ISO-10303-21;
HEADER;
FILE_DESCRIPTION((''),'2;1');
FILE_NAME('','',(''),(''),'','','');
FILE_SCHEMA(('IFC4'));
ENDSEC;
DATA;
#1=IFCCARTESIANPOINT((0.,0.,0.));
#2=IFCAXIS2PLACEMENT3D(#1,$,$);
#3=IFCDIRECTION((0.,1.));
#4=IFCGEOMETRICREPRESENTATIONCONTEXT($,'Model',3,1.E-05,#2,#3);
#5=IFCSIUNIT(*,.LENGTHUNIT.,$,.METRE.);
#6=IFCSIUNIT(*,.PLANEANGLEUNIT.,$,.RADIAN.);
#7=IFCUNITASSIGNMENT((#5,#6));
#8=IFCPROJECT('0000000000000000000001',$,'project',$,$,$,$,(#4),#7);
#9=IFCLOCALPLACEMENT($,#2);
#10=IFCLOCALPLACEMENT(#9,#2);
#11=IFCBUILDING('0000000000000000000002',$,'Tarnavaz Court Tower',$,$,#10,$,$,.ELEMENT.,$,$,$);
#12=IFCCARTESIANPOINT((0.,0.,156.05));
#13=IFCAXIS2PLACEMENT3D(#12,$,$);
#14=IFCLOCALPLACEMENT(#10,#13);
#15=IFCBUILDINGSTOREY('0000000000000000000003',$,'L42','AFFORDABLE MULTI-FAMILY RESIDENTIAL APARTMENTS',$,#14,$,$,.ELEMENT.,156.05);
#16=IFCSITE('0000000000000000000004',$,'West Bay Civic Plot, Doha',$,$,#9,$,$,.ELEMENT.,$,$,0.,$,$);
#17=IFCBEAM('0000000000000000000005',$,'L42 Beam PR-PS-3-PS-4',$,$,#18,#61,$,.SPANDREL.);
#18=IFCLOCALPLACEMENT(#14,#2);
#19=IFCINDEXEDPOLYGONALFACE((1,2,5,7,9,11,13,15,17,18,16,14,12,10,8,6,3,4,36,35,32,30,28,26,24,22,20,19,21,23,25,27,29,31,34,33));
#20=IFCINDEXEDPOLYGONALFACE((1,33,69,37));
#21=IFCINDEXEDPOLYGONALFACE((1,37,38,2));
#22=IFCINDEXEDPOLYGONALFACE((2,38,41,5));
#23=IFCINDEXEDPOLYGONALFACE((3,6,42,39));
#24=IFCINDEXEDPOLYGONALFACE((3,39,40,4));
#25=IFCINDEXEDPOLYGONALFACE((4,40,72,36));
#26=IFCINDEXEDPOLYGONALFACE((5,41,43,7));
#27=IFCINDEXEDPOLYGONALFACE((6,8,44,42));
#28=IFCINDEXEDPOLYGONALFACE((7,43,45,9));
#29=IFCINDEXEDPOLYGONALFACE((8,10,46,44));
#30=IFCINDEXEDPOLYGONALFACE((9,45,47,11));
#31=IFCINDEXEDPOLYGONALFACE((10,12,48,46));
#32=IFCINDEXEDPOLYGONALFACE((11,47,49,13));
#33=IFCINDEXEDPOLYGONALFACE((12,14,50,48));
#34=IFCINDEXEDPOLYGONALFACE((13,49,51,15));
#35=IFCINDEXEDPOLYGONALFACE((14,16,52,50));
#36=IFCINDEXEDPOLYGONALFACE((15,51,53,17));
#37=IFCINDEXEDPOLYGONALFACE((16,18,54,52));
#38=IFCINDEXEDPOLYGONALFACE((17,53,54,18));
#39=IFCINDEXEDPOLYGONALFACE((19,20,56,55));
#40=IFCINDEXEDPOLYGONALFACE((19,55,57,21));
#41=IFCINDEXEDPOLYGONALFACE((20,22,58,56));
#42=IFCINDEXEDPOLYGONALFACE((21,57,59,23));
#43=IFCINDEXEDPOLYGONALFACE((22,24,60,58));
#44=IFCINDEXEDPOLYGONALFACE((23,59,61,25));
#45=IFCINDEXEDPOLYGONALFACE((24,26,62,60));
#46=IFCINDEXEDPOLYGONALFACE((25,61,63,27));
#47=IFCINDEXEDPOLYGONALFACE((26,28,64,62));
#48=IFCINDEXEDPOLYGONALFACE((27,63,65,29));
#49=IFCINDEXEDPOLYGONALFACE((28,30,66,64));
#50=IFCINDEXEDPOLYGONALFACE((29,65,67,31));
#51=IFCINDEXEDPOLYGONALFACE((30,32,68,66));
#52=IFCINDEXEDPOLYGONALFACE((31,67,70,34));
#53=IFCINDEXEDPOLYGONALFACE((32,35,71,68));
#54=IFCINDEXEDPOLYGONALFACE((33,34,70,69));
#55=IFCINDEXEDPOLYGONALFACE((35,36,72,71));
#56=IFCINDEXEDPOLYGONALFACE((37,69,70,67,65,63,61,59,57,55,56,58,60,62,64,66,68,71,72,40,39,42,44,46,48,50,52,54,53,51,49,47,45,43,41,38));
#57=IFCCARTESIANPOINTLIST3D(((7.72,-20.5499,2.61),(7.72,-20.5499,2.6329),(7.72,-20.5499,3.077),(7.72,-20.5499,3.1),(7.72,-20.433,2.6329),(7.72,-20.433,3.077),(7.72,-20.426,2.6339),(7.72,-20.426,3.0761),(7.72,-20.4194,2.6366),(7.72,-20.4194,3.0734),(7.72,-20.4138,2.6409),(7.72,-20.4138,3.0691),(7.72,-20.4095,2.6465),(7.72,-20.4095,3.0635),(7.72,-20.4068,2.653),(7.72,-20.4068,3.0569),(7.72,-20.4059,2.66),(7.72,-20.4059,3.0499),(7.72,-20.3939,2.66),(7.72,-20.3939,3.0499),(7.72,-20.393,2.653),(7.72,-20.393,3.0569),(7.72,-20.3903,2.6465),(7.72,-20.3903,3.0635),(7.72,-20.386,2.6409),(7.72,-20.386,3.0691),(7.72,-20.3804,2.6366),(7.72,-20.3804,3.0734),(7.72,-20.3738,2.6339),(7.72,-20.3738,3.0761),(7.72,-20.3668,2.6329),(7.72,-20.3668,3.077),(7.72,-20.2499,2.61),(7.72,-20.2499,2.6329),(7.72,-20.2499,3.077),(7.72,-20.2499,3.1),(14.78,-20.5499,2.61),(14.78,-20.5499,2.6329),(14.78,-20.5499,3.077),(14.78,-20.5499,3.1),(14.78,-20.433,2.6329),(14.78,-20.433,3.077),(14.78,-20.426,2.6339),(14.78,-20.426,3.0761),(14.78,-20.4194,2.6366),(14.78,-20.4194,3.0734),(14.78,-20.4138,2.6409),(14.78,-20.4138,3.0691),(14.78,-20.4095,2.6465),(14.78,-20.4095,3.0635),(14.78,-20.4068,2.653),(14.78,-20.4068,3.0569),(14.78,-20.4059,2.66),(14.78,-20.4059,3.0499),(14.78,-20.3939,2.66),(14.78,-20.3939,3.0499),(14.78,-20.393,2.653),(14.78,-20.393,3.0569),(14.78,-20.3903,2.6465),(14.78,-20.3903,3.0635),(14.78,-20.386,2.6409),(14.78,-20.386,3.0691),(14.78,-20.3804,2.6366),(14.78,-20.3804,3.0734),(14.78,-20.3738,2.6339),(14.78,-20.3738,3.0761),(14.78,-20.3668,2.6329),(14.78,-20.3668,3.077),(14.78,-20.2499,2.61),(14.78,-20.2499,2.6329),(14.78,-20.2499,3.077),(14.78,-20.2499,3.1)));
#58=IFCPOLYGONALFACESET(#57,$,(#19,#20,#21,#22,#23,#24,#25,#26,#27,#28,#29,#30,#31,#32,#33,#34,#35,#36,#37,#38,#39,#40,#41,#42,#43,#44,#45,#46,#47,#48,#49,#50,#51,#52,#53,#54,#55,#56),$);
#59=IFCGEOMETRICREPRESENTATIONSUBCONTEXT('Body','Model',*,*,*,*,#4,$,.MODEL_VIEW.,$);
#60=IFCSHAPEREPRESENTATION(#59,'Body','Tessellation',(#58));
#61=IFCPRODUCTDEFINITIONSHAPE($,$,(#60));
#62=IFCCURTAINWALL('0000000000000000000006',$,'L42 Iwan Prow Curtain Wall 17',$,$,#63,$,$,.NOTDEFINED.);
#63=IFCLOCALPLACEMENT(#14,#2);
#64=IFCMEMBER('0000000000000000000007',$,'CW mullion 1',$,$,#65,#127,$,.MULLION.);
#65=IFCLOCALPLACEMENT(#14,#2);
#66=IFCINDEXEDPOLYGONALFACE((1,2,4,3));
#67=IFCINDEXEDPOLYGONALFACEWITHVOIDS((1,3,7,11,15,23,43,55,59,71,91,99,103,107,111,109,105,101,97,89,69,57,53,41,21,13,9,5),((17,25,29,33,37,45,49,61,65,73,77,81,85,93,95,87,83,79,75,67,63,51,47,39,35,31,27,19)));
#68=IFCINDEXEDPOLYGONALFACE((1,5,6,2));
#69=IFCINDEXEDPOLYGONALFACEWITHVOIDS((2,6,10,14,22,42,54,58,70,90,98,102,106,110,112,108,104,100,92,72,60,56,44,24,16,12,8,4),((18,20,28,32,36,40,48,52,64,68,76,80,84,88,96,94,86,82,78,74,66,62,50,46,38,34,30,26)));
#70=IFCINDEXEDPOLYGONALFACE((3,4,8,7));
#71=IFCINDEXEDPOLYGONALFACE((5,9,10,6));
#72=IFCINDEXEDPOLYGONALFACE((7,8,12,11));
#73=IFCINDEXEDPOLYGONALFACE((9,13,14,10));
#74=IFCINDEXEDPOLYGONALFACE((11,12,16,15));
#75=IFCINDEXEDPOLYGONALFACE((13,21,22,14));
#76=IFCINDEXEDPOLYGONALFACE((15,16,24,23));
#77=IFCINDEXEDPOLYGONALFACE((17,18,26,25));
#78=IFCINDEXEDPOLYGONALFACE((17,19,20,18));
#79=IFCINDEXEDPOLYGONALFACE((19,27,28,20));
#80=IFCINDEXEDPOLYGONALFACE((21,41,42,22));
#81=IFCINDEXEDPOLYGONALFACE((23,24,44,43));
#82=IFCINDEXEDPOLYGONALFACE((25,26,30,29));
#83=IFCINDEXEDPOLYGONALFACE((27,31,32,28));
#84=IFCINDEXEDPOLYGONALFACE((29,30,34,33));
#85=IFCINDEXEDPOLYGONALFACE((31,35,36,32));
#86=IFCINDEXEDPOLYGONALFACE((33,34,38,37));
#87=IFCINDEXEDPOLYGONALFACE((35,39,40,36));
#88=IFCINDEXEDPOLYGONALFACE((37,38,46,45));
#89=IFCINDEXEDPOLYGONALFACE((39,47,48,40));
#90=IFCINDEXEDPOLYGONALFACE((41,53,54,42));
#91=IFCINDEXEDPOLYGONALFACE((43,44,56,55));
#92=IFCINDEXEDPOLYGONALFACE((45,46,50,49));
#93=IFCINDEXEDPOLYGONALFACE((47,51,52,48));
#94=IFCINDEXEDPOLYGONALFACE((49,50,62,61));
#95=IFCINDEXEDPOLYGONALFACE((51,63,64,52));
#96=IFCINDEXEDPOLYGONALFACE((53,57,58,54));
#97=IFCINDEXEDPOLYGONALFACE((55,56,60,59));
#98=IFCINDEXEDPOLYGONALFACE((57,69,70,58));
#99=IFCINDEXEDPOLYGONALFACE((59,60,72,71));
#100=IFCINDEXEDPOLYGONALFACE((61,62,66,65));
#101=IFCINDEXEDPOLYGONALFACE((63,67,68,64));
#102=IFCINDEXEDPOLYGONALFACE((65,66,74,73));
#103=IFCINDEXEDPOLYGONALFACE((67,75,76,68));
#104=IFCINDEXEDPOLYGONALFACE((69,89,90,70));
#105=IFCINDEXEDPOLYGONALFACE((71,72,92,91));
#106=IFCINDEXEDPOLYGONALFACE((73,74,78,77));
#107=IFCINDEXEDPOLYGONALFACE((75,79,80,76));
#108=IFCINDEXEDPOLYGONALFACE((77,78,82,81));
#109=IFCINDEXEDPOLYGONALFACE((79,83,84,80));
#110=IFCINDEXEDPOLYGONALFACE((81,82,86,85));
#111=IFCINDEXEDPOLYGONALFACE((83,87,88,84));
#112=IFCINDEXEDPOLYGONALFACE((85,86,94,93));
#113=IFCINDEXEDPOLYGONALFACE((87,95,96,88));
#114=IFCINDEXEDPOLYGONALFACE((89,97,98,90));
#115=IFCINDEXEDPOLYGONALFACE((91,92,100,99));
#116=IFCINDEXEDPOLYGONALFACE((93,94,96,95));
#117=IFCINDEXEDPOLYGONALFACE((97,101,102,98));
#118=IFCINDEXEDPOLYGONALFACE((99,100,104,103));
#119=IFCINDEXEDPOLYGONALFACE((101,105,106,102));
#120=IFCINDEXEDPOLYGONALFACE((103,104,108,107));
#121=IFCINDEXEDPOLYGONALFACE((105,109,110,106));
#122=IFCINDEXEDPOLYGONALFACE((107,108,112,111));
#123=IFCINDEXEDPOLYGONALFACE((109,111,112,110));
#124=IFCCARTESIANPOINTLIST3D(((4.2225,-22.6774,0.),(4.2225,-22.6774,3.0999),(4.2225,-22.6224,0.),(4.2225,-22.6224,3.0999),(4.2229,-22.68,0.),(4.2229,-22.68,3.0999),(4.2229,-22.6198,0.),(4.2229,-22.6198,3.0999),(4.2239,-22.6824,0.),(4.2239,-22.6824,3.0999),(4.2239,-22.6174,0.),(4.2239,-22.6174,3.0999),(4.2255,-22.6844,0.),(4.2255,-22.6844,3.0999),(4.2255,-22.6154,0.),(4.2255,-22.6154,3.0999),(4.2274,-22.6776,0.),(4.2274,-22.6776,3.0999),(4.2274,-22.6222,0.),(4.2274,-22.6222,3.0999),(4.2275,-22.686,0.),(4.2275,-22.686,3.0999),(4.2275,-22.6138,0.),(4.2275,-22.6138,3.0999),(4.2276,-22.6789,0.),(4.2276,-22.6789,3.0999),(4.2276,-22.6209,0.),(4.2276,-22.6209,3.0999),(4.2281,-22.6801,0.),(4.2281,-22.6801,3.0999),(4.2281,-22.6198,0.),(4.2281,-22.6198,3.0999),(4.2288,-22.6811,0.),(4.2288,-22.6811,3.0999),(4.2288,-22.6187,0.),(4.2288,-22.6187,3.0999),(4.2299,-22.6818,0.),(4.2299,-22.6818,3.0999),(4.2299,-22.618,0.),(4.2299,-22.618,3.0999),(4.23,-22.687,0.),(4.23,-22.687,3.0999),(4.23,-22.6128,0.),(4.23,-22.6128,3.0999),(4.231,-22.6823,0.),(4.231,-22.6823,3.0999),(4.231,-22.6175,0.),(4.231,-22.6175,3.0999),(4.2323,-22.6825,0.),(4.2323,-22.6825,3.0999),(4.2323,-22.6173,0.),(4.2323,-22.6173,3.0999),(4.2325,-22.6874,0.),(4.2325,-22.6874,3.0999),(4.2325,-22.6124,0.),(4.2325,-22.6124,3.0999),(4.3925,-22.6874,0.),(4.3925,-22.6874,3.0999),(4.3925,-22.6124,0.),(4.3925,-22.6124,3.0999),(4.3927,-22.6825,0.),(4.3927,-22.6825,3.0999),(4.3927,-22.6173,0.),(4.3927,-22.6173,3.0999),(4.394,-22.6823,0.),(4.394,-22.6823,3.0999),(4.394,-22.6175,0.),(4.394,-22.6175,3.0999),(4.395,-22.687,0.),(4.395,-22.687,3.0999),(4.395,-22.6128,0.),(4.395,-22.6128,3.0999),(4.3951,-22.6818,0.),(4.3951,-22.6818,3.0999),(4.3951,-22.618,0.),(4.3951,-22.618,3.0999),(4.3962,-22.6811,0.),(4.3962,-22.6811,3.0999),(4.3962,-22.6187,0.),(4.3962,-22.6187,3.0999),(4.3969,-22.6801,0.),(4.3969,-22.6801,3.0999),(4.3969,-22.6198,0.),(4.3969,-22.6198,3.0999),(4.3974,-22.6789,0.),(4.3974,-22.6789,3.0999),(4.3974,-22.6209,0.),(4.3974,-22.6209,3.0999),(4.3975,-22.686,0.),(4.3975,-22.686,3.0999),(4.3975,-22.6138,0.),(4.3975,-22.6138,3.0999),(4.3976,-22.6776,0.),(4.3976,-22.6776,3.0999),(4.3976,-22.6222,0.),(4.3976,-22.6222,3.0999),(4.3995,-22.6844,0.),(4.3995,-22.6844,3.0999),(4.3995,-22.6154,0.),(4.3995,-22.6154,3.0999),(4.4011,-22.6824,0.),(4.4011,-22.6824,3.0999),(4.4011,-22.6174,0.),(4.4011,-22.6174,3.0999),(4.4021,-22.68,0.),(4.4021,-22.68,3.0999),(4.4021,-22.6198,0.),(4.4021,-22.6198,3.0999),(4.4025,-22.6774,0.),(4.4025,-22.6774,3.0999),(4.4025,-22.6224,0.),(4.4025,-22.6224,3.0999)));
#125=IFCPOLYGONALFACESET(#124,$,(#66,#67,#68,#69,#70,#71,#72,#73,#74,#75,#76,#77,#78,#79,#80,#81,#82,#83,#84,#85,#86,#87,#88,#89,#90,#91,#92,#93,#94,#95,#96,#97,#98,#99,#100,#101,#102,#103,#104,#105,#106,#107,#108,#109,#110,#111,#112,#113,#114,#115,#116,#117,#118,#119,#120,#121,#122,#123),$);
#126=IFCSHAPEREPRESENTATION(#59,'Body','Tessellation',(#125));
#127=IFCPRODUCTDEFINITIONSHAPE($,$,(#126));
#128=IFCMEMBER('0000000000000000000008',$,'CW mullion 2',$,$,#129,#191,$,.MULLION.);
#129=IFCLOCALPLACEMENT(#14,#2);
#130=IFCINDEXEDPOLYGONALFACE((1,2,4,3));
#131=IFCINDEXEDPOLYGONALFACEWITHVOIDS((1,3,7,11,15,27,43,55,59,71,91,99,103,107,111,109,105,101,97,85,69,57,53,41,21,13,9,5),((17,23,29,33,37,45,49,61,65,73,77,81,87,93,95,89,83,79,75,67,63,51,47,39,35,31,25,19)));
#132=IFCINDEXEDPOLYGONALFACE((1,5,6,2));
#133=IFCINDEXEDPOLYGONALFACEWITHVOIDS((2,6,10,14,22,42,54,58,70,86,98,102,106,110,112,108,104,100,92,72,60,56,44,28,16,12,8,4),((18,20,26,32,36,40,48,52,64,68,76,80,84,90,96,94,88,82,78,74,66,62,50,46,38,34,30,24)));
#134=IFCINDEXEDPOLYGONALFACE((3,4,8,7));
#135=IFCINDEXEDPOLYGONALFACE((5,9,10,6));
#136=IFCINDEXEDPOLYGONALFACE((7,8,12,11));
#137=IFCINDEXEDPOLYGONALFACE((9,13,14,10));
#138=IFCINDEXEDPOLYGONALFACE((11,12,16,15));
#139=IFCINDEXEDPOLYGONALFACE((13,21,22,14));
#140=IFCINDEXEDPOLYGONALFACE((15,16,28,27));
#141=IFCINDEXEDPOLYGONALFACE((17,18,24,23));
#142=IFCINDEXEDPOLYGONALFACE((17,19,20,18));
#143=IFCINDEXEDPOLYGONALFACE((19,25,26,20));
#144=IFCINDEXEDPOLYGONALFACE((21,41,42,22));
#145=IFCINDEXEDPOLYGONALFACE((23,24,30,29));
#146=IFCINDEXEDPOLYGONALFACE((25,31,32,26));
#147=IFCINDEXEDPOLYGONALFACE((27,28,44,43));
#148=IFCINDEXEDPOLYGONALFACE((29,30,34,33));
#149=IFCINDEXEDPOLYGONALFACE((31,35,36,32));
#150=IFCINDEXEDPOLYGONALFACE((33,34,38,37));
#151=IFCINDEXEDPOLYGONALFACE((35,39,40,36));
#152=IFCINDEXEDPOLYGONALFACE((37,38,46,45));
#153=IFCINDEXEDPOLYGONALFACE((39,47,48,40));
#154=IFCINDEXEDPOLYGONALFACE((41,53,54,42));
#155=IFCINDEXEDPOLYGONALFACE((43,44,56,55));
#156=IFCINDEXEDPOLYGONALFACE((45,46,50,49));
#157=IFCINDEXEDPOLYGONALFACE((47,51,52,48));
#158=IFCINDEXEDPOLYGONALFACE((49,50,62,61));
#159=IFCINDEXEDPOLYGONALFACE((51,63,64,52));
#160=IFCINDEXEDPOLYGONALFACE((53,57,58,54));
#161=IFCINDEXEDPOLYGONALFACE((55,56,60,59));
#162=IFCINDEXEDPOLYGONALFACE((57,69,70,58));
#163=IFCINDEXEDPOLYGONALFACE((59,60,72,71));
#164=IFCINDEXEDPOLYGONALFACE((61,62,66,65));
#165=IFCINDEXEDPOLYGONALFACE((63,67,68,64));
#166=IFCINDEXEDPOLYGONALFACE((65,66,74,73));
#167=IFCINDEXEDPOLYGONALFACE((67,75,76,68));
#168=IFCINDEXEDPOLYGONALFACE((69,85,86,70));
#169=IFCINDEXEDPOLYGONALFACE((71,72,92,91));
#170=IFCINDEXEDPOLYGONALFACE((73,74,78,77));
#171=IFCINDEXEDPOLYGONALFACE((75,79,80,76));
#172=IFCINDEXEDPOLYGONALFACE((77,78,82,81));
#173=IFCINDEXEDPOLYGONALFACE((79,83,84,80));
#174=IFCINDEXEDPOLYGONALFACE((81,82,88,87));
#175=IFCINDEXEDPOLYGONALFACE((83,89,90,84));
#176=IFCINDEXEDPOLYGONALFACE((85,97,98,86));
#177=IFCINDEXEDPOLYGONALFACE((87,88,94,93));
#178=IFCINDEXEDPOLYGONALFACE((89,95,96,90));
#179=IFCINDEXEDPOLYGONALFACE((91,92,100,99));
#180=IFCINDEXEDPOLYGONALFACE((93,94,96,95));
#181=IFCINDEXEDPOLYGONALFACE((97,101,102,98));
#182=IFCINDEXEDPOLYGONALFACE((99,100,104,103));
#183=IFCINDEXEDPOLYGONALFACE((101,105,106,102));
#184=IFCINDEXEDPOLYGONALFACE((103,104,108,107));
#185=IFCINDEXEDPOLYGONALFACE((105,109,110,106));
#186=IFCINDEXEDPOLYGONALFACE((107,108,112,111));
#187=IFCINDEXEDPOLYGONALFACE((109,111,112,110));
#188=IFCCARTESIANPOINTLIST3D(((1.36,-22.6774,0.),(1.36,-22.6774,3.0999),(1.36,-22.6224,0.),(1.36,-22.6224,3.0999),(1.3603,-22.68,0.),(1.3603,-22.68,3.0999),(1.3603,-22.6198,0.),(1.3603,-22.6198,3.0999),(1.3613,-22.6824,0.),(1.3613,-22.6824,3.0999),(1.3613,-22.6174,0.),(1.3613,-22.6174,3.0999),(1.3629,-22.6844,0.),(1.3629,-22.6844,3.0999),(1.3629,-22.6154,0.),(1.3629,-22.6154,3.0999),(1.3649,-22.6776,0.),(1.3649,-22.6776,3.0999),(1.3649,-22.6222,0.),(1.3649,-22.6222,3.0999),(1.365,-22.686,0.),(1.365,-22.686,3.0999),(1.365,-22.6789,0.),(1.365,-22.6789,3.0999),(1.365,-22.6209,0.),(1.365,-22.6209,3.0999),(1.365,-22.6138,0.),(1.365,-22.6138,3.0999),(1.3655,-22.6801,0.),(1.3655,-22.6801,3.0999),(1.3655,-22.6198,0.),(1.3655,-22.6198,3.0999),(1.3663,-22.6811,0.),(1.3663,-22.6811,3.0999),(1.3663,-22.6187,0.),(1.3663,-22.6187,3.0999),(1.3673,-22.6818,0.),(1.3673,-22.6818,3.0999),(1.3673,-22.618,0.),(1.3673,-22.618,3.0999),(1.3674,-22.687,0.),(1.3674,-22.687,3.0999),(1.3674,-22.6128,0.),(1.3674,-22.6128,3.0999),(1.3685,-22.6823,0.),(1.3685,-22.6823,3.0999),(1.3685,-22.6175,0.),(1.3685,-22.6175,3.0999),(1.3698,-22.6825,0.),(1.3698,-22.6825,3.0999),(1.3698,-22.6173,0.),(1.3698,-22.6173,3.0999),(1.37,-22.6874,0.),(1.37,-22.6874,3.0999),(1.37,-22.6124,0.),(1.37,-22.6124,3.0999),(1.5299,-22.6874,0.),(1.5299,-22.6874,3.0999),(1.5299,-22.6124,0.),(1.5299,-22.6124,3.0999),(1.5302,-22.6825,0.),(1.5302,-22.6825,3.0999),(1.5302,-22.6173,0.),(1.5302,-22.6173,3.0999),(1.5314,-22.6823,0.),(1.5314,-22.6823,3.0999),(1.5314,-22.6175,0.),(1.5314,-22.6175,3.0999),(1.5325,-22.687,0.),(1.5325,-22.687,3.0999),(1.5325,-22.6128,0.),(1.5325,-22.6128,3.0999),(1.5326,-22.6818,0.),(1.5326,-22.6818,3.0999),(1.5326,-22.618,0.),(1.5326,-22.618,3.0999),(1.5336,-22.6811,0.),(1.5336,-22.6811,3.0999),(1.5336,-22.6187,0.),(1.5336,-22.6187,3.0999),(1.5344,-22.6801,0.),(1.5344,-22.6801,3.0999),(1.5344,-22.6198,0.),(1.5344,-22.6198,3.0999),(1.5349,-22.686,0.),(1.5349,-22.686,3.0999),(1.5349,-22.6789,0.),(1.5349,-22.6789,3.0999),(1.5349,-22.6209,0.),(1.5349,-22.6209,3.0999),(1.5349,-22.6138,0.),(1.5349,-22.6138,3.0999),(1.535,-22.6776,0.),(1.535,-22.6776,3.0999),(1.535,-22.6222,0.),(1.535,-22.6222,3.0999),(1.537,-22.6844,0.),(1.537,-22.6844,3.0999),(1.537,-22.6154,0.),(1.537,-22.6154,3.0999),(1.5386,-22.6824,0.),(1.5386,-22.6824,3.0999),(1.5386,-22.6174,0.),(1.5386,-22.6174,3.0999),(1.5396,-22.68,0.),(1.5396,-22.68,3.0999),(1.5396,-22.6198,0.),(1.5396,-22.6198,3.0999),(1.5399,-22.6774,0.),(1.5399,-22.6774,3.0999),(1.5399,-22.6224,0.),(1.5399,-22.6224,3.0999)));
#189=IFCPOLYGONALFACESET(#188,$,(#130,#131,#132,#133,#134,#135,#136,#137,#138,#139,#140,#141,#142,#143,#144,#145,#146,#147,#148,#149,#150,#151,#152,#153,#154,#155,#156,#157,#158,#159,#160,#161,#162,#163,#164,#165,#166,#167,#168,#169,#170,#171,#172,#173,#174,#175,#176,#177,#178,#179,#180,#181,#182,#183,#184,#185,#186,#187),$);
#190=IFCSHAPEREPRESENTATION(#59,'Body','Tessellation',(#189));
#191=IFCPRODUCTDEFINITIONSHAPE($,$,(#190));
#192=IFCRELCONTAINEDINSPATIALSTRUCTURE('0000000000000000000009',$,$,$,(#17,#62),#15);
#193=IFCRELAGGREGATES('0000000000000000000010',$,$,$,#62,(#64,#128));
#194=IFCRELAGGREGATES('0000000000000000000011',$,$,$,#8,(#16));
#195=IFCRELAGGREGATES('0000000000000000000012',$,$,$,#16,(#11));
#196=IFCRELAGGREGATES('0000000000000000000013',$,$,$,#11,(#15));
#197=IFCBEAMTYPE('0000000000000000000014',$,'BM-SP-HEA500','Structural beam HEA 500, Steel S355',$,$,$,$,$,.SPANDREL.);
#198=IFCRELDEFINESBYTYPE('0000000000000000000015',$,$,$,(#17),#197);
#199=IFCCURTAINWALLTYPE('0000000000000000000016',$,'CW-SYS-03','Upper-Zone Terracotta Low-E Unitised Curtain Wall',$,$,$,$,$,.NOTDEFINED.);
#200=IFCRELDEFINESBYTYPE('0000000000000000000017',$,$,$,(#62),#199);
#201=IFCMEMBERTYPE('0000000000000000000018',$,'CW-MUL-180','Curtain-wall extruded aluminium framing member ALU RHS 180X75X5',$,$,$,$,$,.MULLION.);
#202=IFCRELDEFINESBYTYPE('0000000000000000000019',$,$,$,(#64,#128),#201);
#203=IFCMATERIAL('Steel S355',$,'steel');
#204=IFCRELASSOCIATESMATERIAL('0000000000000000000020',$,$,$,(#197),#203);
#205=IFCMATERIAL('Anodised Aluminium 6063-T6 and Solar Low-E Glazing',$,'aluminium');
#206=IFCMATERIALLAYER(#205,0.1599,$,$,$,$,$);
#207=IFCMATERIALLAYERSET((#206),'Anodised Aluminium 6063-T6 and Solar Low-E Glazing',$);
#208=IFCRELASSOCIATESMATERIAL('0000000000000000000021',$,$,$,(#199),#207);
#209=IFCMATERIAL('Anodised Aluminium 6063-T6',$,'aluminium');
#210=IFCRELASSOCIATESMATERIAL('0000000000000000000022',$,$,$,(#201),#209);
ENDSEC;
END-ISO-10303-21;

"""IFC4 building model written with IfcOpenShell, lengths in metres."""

from ifc_helpers import new_model, si_unit, direction, frame, origin, origin_2d, place, context, subcontext, project, spatial, hollow_rectangle, i_section, extrude, material, layer, layer_set, material_profile, profile_set, type_object, element, aggregate, save


model = new_model("IFC4")

# Units and contexts
model_context = context("Model", 3, precision=1e-05, world=origin(), true_north=direction((0.0, 1.0)))
body_context = subcontext(model_context, "Body", "Model", "MODEL_VIEW")
ifc_project = project(units=[si_unit("LENGTHUNIT", "METRE"), si_unit("PLANEANGLEUNIT", "RADIAN")], contexts=[model_context])

# Site, building, storey
site_placement = place(None, origin())
site = spatial("IfcSite", under=ifc_project, at=site_placement, Name="West Bay Civic Plot, Doha", CompositionType="ELEMENT", RefElevation=0.0)
building_placement = place(site_placement, origin())
building = spatial("IfcBuilding", under=site, at=building_placement, Name="Tarnavaz Court Tower", CompositionType="ELEMENT")
storey_placement = place(building_placement, frame((0.0, 0.0, 156.05)))
storey = spatial("IfcBuildingStorey", under=building, at=storey_placement, Name="L42", Description="AFFORDABLE MULTI-FAMILY RESIDENTIAL APARTMENTS", CompositionType="ELEMENT", Elevation=156.05)

# Beam
ifc_material_1 = material(Name="Steel S355", Category="steel")
ifc_material_profile_1 = material_profile(ifc_material_1, i_section(OverallWidth=0.3, OverallDepth=0.49, WebThickness=0.012, FlangeThickness=0.0229, FilletRadius=0.0271, at=origin_2d()), Name="HEA 500")
ifc_profile_set_1 = profile_set([ifc_material_profile_1], Name="Steel S355")
beam_type_1 = type_object("IfcBeamType", Name="BM-SP-HEA500", Description="Structural beam HEA 500, Steel S355", PredefinedType="SPANDREL", material=ifc_profile_set_1)
beam_placement = place(storey_placement, frame((7.72, -20.3999, 2.855), z_axis=(1.0, 0.0, 0.0), x_axis=(0.0, 1.0, 0.0)))
element("IfcBeam", 1, at=beam_placement, inside=storey, type_object=beam_type_1, Name="L42 Beam PR-PS-3-PS-4", PredefinedType="SPANDREL", context=body_context, shape_type="SweptSolid", body=[
    extrude(i_section(OverallWidth=0.3, OverallDepth=0.49, WebThickness=0.012, FlangeThickness=0.0229, FilletRadius=0.0271, at=origin_2d()), origin(), (0.0, 0.0, 1.0), 7.0601),
])

# Curtain wall, members
ifc_material_2 = material(Name="Anodised Aluminium 6063-T6 and Solar Low-E Glazing", Category="aluminium")
ifc_layer_1 = layer(ifc_material_2, 0.1599)
ifc_layer_set_1 = layer_set([ifc_layer_1], Name="Anodised Aluminium 6063-T6 and Solar Low-E Glazing")
curtain_wall_type = type_object("IfcCurtainWallType", Name="CW-SYS-03", Description="Upper-Zone Terracotta Low-E Unitised Curtain Wall", PredefinedType="NOTDEFINED", material=ifc_layer_set_1)
curtain_wall_placement = place(storey_placement, origin())
curtain_wall = element("IfcCurtainWall", 2, at=curtain_wall_placement, inside=storey, type_object=curtain_wall_type, Name="L42 Iwan Prow Curtain Wall 17", PredefinedType="NOTDEFINED")
ifc_material_3 = material(Name="Anodised Aluminium 6063-T6", Category="aluminium")
ifc_material_profile_2 = material_profile(ifc_material_3, hollow_rectangle(XDim=0.075, YDim=0.1799, WallThickness=0.0049, InnerFilletRadius=0.0049, OuterFilletRadius=0.01, at=origin_2d()), Name="ALU RHS 180X75X5")
ifc_profile_set_2 = profile_set([ifc_material_profile_2], Name="Anodised Aluminium 6063-T6")
member_type_1 = type_object("IfcMemberType", Name="CW-MUL-180", Description="Curtain-wall extruded aluminium framing member ALU RHS 180X75X5", PredefinedType="MULLION", material=ifc_profile_set_2)
member_1_placement = place(storey_placement, frame((4.3125, -22.6499, 0.0), z_axis=(0.0, 0.0, 1.0), x_axis=(0.0, -1.0, 0.0)))
member_1 = element("IfcMember", 3, at=member_1_placement, type_object=member_type_1, Name="CW mullion 1", PredefinedType="MULLION", context=body_context, shape_type="SweptSolid", body=[
    extrude(hollow_rectangle(XDim=0.075, YDim=0.1799, WallThickness=0.0049, InnerFilletRadius=0.0049, OuterFilletRadius=0.01, at=origin_2d()), origin(), (0.0, 0.0, 1.0), 3.0999),
])
member_2_placement = place(storey_placement, frame((1.45, -22.6499, 0.0), z_axis=(0.0, 0.0, 1.0), x_axis=(0.0, -1.0, 0.0)))
member_2 = element("IfcMember", 4, at=member_2_placement, type_object=member_type_1, Name="CW mullion 2", PredefinedType="MULLION", context=body_context, shape_type="SweptSolid", body=[
    extrude(hollow_rectangle(XDim=0.075, YDim=0.1799, WallThickness=0.0049, InnerFilletRadius=0.0049, OuterFilletRadius=0.01, at=origin_2d()), origin(), (0.0, 0.0, 1.0), 3.0999),
])
aggregate(curtain_wall, [member_1, member_2])

save(model, "model.ifc")
